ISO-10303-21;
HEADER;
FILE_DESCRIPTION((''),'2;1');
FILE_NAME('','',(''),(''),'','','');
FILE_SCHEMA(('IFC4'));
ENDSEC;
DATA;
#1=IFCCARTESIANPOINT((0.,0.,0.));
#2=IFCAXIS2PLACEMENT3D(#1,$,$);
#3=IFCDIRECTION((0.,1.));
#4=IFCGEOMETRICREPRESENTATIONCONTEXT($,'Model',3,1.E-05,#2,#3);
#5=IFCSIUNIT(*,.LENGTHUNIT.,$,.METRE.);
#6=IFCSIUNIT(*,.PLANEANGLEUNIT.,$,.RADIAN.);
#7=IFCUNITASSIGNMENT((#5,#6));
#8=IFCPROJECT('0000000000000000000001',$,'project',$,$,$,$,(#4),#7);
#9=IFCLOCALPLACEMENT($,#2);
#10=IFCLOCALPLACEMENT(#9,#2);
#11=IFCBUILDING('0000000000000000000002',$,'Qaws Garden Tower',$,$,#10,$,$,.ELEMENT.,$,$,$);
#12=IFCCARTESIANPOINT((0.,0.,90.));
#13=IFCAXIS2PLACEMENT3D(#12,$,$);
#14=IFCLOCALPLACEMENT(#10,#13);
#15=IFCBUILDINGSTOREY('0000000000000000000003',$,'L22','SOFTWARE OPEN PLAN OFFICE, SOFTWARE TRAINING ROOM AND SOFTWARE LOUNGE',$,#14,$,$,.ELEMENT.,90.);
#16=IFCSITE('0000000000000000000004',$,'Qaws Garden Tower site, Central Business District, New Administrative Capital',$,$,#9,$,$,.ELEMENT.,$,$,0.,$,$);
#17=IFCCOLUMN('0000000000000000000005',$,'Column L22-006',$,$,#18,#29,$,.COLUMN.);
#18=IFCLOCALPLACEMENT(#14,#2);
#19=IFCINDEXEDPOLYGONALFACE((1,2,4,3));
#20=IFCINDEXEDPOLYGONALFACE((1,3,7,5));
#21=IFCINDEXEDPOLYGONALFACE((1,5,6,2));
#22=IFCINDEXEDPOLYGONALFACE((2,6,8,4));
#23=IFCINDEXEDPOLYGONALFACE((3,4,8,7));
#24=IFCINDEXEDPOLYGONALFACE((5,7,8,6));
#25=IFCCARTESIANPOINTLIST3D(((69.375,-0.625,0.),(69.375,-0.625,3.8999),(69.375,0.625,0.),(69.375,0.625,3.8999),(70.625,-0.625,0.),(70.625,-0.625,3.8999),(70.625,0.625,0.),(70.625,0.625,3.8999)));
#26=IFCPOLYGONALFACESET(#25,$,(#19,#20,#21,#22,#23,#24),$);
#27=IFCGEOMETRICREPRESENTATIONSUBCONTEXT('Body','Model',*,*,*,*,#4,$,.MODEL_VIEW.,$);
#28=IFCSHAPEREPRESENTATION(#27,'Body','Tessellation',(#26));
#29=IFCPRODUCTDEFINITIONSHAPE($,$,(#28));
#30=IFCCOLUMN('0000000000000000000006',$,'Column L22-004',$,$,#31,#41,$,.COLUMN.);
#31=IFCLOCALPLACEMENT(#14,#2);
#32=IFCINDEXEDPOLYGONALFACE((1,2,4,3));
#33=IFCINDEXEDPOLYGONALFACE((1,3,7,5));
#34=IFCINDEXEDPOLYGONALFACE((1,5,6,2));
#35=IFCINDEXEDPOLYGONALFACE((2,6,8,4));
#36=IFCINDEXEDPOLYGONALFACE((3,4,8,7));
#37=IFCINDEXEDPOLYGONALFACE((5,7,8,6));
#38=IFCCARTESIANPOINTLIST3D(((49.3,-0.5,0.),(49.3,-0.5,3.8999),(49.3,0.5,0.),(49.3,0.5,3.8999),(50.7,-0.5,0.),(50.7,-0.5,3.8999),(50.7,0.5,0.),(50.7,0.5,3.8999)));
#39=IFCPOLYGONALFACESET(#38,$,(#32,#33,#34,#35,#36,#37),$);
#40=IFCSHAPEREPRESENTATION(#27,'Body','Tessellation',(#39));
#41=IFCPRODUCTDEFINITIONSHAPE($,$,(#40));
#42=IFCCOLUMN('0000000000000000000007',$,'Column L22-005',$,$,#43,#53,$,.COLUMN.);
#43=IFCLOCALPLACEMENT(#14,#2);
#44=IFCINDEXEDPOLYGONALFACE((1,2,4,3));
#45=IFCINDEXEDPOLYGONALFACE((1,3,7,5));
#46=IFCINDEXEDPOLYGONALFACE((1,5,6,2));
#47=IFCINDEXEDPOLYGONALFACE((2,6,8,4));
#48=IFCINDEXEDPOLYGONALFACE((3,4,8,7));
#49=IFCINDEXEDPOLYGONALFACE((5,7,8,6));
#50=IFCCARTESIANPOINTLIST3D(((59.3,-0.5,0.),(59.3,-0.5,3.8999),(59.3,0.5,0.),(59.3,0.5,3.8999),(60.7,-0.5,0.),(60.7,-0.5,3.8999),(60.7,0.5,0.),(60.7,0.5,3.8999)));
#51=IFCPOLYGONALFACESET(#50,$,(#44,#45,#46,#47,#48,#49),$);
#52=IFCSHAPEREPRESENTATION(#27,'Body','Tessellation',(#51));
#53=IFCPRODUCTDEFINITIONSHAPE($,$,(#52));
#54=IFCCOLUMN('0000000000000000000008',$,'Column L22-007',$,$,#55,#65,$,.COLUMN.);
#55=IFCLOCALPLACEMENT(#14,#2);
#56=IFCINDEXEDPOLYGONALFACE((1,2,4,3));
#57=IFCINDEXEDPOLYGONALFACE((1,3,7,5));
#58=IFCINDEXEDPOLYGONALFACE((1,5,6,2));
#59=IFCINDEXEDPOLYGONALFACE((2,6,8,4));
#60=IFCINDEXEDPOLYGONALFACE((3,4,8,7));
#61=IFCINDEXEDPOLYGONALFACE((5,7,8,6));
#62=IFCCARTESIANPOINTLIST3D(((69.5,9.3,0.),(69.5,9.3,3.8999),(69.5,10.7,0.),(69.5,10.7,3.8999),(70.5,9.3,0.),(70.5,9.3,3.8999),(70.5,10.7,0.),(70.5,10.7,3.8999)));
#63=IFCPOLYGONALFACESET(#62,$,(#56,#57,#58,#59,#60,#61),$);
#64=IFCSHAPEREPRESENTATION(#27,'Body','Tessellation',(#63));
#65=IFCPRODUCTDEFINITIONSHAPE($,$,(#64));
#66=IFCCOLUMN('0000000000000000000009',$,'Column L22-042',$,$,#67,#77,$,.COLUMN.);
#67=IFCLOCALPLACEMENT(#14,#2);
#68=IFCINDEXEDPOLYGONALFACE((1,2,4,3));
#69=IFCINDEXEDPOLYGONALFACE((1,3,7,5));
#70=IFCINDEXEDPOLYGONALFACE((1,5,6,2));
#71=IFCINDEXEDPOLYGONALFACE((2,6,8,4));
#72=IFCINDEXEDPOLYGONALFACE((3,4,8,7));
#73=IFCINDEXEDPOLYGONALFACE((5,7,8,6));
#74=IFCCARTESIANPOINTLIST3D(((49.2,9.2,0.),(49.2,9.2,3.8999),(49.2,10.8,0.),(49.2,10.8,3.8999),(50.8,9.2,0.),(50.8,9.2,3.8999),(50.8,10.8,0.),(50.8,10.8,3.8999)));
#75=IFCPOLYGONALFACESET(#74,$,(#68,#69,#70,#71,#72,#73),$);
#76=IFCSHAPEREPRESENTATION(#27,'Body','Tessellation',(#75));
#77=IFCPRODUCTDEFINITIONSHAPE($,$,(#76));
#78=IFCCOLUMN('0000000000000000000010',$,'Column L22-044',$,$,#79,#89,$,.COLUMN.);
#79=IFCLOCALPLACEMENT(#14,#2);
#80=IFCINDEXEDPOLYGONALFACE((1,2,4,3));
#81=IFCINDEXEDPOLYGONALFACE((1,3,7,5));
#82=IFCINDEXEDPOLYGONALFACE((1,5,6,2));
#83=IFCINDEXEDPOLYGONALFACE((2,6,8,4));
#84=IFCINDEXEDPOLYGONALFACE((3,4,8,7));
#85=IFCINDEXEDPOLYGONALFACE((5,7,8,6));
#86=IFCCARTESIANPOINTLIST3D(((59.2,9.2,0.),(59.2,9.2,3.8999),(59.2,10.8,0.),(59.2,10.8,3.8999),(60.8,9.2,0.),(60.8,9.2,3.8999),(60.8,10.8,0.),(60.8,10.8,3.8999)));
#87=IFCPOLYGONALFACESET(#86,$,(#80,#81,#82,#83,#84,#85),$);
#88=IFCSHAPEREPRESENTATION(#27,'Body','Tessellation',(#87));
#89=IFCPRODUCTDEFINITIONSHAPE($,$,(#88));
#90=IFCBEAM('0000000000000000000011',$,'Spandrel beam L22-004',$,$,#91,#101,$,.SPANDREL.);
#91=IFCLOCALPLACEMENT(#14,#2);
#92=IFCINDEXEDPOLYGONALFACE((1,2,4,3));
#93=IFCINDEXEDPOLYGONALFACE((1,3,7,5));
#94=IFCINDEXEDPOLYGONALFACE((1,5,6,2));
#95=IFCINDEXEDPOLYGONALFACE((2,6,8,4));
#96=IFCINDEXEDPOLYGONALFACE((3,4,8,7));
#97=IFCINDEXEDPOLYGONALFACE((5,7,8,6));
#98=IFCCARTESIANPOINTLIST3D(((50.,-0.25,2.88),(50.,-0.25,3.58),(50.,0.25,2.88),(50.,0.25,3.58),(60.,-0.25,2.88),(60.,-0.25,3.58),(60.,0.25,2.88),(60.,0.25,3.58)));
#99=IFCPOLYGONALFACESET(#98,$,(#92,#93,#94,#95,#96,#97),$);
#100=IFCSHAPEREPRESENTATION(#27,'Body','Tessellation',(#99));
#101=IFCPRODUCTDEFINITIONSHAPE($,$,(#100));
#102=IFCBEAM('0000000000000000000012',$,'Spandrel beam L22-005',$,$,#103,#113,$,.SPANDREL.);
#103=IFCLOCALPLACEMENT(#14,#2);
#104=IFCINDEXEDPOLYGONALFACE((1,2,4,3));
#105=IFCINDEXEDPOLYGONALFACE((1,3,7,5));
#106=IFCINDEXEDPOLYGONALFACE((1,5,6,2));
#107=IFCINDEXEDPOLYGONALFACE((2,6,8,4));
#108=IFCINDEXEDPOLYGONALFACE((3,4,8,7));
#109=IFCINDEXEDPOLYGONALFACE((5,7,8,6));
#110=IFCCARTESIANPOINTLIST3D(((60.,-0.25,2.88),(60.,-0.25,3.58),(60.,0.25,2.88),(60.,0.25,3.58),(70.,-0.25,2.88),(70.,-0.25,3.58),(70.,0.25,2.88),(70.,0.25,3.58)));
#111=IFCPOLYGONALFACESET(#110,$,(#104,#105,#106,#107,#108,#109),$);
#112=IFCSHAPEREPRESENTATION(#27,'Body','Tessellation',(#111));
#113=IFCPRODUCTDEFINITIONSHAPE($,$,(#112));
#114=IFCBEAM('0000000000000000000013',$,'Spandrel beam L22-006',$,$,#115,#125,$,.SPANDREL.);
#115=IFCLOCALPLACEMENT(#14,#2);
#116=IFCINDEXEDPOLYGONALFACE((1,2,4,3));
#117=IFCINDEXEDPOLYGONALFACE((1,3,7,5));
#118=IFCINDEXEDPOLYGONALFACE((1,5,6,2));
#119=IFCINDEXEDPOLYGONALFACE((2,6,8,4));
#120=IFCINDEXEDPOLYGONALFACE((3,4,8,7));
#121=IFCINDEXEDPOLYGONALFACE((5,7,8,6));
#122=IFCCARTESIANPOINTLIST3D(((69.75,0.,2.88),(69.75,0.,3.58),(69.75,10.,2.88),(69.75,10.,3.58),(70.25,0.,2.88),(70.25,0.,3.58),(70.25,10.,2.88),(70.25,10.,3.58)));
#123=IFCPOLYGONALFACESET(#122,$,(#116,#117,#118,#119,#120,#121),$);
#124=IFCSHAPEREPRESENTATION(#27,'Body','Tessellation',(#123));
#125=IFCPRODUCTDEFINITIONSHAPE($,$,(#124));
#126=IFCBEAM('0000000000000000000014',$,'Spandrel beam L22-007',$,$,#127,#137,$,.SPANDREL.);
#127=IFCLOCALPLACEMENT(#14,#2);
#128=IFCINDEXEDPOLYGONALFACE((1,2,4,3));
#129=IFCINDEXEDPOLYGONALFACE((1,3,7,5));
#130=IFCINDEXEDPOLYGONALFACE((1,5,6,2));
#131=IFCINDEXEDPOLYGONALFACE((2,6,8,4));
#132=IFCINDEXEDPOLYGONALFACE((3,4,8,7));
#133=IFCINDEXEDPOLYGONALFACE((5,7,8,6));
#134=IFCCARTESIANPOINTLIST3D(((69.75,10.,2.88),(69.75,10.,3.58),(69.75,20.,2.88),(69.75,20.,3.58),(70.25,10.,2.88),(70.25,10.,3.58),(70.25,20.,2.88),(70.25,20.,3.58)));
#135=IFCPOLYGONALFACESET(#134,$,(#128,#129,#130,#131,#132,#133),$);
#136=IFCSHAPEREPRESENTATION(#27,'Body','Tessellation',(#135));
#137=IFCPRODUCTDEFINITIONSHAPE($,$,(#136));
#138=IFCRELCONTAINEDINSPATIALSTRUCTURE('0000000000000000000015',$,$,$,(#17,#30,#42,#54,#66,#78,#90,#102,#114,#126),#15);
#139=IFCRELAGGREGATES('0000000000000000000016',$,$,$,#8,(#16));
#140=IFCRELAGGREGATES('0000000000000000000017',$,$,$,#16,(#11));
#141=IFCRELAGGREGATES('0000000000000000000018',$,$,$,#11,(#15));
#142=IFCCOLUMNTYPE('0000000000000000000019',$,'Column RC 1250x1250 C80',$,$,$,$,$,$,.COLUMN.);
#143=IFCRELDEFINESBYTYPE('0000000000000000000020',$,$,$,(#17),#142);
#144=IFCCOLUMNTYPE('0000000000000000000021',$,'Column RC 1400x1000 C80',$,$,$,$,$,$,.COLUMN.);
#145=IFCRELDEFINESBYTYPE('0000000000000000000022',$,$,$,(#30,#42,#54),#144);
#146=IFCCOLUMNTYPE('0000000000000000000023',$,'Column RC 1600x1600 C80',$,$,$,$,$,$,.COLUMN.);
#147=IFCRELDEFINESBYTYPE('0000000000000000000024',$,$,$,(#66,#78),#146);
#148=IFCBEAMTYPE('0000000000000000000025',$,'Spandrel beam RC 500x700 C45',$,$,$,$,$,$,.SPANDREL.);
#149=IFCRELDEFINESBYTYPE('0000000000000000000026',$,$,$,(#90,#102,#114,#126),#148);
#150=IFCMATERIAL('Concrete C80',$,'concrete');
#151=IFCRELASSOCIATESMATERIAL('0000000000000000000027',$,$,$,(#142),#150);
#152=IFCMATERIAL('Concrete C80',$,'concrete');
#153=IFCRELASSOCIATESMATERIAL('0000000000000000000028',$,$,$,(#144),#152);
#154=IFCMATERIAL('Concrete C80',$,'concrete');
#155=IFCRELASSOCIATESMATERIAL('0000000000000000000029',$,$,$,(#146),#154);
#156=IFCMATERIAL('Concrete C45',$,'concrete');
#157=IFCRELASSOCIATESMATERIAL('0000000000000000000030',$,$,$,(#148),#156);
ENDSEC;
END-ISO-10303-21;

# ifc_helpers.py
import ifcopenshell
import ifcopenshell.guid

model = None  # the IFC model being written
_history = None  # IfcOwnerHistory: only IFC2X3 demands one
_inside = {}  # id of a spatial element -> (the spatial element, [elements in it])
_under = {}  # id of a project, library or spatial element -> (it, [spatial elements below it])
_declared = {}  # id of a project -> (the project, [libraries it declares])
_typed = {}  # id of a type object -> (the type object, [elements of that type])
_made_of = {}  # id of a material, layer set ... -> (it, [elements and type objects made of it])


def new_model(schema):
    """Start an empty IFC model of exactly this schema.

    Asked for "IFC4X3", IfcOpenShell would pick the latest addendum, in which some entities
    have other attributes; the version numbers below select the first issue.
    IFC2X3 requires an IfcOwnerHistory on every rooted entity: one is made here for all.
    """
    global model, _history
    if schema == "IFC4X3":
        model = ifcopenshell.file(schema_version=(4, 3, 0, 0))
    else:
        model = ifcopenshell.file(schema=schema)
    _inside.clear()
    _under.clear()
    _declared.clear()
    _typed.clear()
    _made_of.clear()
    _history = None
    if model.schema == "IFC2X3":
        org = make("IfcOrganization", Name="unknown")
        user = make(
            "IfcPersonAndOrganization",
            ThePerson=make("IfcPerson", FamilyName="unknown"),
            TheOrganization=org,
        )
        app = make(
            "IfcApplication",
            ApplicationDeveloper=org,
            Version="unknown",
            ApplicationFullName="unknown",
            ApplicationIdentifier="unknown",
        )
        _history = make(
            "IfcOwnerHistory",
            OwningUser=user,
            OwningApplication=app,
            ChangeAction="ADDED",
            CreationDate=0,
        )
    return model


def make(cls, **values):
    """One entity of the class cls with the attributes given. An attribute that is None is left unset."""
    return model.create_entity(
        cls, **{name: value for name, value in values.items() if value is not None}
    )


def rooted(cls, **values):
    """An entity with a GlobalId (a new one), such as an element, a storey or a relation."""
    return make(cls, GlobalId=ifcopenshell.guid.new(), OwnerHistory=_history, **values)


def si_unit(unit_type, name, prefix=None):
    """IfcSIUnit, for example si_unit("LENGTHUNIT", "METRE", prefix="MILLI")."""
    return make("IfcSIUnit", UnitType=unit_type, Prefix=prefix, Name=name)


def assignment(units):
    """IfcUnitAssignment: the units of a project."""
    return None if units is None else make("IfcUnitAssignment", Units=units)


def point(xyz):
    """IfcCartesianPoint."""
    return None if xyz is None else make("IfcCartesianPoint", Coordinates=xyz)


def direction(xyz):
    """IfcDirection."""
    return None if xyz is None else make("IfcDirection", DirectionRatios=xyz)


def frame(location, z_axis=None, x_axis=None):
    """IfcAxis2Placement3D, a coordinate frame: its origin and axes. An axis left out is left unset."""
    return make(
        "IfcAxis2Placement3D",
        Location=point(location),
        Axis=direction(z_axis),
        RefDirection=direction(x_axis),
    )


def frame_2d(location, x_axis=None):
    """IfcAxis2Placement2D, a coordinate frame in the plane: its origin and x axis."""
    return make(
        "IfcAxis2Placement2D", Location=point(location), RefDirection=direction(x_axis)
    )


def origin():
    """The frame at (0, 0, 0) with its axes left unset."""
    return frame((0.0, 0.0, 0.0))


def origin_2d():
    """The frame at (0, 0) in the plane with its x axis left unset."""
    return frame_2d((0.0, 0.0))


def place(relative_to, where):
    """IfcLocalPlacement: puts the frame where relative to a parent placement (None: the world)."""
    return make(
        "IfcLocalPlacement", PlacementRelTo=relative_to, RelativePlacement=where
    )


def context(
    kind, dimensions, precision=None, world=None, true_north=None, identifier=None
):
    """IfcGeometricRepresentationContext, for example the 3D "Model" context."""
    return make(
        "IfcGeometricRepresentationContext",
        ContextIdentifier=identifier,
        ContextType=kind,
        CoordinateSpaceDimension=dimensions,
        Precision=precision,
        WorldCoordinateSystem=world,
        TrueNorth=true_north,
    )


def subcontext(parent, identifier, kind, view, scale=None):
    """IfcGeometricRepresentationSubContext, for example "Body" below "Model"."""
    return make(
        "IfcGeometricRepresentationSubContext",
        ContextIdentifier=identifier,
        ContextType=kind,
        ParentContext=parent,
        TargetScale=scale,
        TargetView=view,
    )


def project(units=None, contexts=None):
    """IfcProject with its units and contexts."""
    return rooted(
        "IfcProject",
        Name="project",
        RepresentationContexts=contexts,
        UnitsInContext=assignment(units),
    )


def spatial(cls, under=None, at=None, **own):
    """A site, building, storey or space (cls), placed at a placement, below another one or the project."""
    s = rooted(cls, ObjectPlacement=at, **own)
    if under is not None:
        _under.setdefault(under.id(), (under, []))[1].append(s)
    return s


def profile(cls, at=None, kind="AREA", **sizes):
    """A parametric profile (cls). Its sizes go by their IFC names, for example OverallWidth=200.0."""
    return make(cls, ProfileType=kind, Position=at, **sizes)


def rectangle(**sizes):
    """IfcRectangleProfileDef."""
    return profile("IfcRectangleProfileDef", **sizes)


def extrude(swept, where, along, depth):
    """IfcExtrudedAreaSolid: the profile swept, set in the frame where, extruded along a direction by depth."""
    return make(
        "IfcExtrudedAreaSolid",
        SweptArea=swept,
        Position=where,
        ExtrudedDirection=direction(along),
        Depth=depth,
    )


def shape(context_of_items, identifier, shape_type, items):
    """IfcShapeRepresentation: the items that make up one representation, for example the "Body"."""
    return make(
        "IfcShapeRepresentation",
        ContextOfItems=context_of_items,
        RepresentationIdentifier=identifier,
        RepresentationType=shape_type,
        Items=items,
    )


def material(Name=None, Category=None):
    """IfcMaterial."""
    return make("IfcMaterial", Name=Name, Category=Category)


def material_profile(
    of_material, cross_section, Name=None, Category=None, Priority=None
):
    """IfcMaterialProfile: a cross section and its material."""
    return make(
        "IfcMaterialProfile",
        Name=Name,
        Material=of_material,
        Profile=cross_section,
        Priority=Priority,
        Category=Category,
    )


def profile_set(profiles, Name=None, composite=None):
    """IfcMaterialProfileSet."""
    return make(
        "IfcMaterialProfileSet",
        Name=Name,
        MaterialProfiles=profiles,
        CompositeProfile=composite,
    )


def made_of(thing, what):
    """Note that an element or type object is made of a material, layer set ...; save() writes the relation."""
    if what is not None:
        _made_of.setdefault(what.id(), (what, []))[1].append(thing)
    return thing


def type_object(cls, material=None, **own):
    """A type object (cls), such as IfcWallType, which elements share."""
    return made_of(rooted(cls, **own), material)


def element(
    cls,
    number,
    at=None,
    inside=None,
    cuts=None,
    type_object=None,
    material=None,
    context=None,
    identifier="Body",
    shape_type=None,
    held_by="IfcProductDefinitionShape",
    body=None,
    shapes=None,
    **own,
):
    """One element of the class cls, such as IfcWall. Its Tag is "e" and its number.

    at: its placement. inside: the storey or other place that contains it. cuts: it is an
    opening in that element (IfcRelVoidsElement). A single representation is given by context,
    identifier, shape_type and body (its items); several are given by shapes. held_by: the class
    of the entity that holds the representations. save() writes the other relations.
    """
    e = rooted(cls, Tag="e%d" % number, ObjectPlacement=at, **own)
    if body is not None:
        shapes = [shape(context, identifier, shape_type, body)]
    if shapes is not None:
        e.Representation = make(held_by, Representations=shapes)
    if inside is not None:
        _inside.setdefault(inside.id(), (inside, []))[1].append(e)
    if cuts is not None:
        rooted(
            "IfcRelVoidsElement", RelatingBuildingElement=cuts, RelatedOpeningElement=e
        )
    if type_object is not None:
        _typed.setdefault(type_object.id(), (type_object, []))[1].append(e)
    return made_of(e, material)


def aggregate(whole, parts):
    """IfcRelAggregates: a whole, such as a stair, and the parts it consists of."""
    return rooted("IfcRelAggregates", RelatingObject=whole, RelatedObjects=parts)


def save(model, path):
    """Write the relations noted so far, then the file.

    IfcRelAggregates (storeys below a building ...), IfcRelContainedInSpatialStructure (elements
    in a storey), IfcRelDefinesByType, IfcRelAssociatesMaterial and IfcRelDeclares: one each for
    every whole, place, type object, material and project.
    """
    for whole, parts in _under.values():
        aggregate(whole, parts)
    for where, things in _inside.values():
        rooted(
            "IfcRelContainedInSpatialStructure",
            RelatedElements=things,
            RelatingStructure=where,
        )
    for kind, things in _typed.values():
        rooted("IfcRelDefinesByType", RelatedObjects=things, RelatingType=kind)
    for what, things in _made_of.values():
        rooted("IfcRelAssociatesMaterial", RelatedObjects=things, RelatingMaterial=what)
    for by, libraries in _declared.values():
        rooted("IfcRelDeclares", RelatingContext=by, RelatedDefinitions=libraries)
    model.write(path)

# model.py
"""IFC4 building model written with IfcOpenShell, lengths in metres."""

from ifc_helpers import new_model, si_unit, direction, frame, origin, origin_2d, place, context, subcontext, project, spatial, rectangle, extrude, material, material_profile, profile_set, type_object, element, save


model = new_model("IFC4")

# Units and contexts
model_context = context("Model", 3, precision=1e-05, world=origin(), true_north=direction((0.0, 1.0)))
body_context = subcontext(model_context, "Body", "Model", "MODEL_VIEW")
ifc_project = project(units=[si_unit("LENGTHUNIT", "METRE"), si_unit("PLANEANGLEUNIT", "RADIAN")], contexts=[model_context])

# Site, building, storey
site_placement = place(None, origin())
site = spatial("IfcSite", under=ifc_project, at=site_placement, Name="Qaws Garden Tower site, Central Business District, New Administrative Capital", CompositionType="ELEMENT", RefElevation=0.0)
building_placement = place(site_placement, origin())
building = spatial("IfcBuilding", under=site, at=building_placement, Name="Qaws Garden Tower", CompositionType="ELEMENT")
storey_placement = place(building_placement, frame((0.0, 0.0, 90.0)))
storey = spatial("IfcBuildingStorey", under=building, at=storey_placement, Name="L22", Description="SOFTWARE OPEN PLAN OFFICE, SOFTWARE TRAINING ROOM AND SOFTWARE LOUNGE", CompositionType="ELEMENT", Elevation=90.0)

# Columns
ifc_material_1 = material(Name="Concrete C80", Category="concrete")
ifc_material_profile_1 = material_profile(ifc_material_1, rectangle(XDim=1.25, YDim=1.25, at=origin_2d()), Name="RC 1250x1250")
ifc_profile_set_1 = profile_set([ifc_material_profile_1], Name="Concrete C80")
column_type_1 = type_object("IfcColumnType", Name="Column RC 1250x1250 C80", PredefinedType="COLUMN", material=ifc_profile_set_1)
column_placement = place(storey_placement, frame((70.0, 0.0, 0.0), z_axis=(0.0, 0.0, 1.0), x_axis=(1.0, 0.0, 0.0)))
element("IfcColumn", 1, at=column_placement, inside=storey, type_object=column_type_1, Name="Column L22-006", PredefinedType="COLUMN", context=body_context, shape_type="SweptSolid", body=[
    extrude(rectangle(XDim=1.25, YDim=1.25, at=origin_2d()), origin(), (0.0, 0.0, 1.0), 3.8999),
])
ifc_material_2 = material(Name="Concrete C80", Category="concrete")
ifc_material_profile_2 = material_profile(ifc_material_2, rectangle(XDim=1.3999, YDim=1.0, at=origin_2d()), Name="RC 1400x1000")
ifc_profile_set_2 = profile_set([ifc_material_profile_2], Name="Concrete C80")
column_type_2 = type_object("IfcColumnType", Name="Column RC 1400x1000 C80", PredefinedType="COLUMN", material=ifc_profile_set_2)
for number, where, z_axis, x_axis, name in (
    (2, (50.0, 0.0, 0.0), (0.0, 0.0, 1.0), (1.0, 0.0, 0.0), "Column L22-004"),
    (3, (60.0, 0.0, 0.0), (0.0, 0.0, 1.0), (1.0, 0.0, 0.0), "Column L22-005"),
    (4, (70.0, 10.0, 0.0), (0.0, 0.0, 1.0), (0.0, 1.0, 0.0), "Column L22-007"),
):
    element("IfcColumn", number, at=place(storey_placement, frame(where, z_axis=z_axis, x_axis=x_axis)), inside=storey, type_object=column_type_2, Name=name, PredefinedType="COLUMN", context=body_context, shape_type="SweptSolid", body=[
        extrude(rectangle(XDim=1.3999, YDim=1.0, at=origin_2d()), origin(), (0.0, 0.0, 1.0), 3.8999),
    ])
ifc_material_3 = material(Name="Concrete C80", Category="concrete")
ifc_material_profile_3 = material_profile(ifc_material_3, rectangle(XDim=1.6001, YDim=1.6001, at=origin_2d()), Name="RC 1600x1600")
ifc_profile_set_3 = profile_set([ifc_material_profile_3], Name="Concrete C80")
column_type_3 = type_object("IfcColumnType", Name="Column RC 1600x1600 C80", PredefinedType="COLUMN", material=ifc_profile_set_3)
for number, where, z_axis, x_axis, name in (
    (5, (50.0, 10.0, 0.0), (0.0, 0.0, 1.0), (1.0, 0.0, 0.0), "Column L22-042"),
    (6, (60.0, 10.0, 0.0), (0.0, 0.0, 1.0), (1.0, 0.0, 0.0), "Column L22-044"),
):
    element("IfcColumn", number, at=place(storey_placement, frame(where, z_axis=z_axis, x_axis=x_axis)), inside=storey, type_object=column_type_3, Name=name, PredefinedType="COLUMN", context=body_context, shape_type="SweptSolid", body=[
        extrude(rectangle(XDim=1.6001, YDim=1.6001, at=origin_2d()), origin(), (0.0, 0.0, 1.0), 3.8999),
    ])

# Beams
ifc_material_4 = material(Name="Concrete C45", Category="concrete")
ifc_material_profile_4 = material_profile(ifc_material_4, rectangle(XDim=0.5, YDim=0.7, at=origin_2d()), Name="RC 500x700")
ifc_profile_set_4 = profile_set([ifc_material_profile_4], Name="Concrete C45")
beam_type = type_object("IfcBeamType", Name="Spandrel beam RC 500x700 C45", PredefinedType="SPANDREL", material=ifc_profile_set_4)
for number, where, z_axis, x_axis, name in (
    (7, (50.0, 0.0, 3.23), (1.0, 0.0, 0.0), (0.0, 1.0, 0.0), "Spandrel beam L22-004"),
    (8, (60.0, 0.0, 3.23), (1.0, 0.0, 0.0), (0.0, 1.0, 0.0), "Spandrel beam L22-005"),
    (9, (70.0, 0.0, 3.23), (0.0, 1.0, 0.0), (-1.0, 0.0, 0.0), "Spandrel beam L22-006"),
    (10, (70.0, 10.0, 3.23), (0.0, 1.0, 0.0), (-1.0, 0.0, 0.0), "Spandrel beam L22-007"),
):
    element("IfcBeam", number, at=place(storey_placement, frame(where, z_axis=z_axis, x_axis=x_axis)), inside=storey, type_object=beam_type, Name=name, PredefinedType="SPANDREL", context=body_context, shape_type="SweptSolid", body=[
        extrude(rectangle(XDim=0.5, YDim=0.7, at=origin_2d()), origin(), (0.0, 0.0, 1.0), 10.0),
    ])

save(model, "model.ifc")
